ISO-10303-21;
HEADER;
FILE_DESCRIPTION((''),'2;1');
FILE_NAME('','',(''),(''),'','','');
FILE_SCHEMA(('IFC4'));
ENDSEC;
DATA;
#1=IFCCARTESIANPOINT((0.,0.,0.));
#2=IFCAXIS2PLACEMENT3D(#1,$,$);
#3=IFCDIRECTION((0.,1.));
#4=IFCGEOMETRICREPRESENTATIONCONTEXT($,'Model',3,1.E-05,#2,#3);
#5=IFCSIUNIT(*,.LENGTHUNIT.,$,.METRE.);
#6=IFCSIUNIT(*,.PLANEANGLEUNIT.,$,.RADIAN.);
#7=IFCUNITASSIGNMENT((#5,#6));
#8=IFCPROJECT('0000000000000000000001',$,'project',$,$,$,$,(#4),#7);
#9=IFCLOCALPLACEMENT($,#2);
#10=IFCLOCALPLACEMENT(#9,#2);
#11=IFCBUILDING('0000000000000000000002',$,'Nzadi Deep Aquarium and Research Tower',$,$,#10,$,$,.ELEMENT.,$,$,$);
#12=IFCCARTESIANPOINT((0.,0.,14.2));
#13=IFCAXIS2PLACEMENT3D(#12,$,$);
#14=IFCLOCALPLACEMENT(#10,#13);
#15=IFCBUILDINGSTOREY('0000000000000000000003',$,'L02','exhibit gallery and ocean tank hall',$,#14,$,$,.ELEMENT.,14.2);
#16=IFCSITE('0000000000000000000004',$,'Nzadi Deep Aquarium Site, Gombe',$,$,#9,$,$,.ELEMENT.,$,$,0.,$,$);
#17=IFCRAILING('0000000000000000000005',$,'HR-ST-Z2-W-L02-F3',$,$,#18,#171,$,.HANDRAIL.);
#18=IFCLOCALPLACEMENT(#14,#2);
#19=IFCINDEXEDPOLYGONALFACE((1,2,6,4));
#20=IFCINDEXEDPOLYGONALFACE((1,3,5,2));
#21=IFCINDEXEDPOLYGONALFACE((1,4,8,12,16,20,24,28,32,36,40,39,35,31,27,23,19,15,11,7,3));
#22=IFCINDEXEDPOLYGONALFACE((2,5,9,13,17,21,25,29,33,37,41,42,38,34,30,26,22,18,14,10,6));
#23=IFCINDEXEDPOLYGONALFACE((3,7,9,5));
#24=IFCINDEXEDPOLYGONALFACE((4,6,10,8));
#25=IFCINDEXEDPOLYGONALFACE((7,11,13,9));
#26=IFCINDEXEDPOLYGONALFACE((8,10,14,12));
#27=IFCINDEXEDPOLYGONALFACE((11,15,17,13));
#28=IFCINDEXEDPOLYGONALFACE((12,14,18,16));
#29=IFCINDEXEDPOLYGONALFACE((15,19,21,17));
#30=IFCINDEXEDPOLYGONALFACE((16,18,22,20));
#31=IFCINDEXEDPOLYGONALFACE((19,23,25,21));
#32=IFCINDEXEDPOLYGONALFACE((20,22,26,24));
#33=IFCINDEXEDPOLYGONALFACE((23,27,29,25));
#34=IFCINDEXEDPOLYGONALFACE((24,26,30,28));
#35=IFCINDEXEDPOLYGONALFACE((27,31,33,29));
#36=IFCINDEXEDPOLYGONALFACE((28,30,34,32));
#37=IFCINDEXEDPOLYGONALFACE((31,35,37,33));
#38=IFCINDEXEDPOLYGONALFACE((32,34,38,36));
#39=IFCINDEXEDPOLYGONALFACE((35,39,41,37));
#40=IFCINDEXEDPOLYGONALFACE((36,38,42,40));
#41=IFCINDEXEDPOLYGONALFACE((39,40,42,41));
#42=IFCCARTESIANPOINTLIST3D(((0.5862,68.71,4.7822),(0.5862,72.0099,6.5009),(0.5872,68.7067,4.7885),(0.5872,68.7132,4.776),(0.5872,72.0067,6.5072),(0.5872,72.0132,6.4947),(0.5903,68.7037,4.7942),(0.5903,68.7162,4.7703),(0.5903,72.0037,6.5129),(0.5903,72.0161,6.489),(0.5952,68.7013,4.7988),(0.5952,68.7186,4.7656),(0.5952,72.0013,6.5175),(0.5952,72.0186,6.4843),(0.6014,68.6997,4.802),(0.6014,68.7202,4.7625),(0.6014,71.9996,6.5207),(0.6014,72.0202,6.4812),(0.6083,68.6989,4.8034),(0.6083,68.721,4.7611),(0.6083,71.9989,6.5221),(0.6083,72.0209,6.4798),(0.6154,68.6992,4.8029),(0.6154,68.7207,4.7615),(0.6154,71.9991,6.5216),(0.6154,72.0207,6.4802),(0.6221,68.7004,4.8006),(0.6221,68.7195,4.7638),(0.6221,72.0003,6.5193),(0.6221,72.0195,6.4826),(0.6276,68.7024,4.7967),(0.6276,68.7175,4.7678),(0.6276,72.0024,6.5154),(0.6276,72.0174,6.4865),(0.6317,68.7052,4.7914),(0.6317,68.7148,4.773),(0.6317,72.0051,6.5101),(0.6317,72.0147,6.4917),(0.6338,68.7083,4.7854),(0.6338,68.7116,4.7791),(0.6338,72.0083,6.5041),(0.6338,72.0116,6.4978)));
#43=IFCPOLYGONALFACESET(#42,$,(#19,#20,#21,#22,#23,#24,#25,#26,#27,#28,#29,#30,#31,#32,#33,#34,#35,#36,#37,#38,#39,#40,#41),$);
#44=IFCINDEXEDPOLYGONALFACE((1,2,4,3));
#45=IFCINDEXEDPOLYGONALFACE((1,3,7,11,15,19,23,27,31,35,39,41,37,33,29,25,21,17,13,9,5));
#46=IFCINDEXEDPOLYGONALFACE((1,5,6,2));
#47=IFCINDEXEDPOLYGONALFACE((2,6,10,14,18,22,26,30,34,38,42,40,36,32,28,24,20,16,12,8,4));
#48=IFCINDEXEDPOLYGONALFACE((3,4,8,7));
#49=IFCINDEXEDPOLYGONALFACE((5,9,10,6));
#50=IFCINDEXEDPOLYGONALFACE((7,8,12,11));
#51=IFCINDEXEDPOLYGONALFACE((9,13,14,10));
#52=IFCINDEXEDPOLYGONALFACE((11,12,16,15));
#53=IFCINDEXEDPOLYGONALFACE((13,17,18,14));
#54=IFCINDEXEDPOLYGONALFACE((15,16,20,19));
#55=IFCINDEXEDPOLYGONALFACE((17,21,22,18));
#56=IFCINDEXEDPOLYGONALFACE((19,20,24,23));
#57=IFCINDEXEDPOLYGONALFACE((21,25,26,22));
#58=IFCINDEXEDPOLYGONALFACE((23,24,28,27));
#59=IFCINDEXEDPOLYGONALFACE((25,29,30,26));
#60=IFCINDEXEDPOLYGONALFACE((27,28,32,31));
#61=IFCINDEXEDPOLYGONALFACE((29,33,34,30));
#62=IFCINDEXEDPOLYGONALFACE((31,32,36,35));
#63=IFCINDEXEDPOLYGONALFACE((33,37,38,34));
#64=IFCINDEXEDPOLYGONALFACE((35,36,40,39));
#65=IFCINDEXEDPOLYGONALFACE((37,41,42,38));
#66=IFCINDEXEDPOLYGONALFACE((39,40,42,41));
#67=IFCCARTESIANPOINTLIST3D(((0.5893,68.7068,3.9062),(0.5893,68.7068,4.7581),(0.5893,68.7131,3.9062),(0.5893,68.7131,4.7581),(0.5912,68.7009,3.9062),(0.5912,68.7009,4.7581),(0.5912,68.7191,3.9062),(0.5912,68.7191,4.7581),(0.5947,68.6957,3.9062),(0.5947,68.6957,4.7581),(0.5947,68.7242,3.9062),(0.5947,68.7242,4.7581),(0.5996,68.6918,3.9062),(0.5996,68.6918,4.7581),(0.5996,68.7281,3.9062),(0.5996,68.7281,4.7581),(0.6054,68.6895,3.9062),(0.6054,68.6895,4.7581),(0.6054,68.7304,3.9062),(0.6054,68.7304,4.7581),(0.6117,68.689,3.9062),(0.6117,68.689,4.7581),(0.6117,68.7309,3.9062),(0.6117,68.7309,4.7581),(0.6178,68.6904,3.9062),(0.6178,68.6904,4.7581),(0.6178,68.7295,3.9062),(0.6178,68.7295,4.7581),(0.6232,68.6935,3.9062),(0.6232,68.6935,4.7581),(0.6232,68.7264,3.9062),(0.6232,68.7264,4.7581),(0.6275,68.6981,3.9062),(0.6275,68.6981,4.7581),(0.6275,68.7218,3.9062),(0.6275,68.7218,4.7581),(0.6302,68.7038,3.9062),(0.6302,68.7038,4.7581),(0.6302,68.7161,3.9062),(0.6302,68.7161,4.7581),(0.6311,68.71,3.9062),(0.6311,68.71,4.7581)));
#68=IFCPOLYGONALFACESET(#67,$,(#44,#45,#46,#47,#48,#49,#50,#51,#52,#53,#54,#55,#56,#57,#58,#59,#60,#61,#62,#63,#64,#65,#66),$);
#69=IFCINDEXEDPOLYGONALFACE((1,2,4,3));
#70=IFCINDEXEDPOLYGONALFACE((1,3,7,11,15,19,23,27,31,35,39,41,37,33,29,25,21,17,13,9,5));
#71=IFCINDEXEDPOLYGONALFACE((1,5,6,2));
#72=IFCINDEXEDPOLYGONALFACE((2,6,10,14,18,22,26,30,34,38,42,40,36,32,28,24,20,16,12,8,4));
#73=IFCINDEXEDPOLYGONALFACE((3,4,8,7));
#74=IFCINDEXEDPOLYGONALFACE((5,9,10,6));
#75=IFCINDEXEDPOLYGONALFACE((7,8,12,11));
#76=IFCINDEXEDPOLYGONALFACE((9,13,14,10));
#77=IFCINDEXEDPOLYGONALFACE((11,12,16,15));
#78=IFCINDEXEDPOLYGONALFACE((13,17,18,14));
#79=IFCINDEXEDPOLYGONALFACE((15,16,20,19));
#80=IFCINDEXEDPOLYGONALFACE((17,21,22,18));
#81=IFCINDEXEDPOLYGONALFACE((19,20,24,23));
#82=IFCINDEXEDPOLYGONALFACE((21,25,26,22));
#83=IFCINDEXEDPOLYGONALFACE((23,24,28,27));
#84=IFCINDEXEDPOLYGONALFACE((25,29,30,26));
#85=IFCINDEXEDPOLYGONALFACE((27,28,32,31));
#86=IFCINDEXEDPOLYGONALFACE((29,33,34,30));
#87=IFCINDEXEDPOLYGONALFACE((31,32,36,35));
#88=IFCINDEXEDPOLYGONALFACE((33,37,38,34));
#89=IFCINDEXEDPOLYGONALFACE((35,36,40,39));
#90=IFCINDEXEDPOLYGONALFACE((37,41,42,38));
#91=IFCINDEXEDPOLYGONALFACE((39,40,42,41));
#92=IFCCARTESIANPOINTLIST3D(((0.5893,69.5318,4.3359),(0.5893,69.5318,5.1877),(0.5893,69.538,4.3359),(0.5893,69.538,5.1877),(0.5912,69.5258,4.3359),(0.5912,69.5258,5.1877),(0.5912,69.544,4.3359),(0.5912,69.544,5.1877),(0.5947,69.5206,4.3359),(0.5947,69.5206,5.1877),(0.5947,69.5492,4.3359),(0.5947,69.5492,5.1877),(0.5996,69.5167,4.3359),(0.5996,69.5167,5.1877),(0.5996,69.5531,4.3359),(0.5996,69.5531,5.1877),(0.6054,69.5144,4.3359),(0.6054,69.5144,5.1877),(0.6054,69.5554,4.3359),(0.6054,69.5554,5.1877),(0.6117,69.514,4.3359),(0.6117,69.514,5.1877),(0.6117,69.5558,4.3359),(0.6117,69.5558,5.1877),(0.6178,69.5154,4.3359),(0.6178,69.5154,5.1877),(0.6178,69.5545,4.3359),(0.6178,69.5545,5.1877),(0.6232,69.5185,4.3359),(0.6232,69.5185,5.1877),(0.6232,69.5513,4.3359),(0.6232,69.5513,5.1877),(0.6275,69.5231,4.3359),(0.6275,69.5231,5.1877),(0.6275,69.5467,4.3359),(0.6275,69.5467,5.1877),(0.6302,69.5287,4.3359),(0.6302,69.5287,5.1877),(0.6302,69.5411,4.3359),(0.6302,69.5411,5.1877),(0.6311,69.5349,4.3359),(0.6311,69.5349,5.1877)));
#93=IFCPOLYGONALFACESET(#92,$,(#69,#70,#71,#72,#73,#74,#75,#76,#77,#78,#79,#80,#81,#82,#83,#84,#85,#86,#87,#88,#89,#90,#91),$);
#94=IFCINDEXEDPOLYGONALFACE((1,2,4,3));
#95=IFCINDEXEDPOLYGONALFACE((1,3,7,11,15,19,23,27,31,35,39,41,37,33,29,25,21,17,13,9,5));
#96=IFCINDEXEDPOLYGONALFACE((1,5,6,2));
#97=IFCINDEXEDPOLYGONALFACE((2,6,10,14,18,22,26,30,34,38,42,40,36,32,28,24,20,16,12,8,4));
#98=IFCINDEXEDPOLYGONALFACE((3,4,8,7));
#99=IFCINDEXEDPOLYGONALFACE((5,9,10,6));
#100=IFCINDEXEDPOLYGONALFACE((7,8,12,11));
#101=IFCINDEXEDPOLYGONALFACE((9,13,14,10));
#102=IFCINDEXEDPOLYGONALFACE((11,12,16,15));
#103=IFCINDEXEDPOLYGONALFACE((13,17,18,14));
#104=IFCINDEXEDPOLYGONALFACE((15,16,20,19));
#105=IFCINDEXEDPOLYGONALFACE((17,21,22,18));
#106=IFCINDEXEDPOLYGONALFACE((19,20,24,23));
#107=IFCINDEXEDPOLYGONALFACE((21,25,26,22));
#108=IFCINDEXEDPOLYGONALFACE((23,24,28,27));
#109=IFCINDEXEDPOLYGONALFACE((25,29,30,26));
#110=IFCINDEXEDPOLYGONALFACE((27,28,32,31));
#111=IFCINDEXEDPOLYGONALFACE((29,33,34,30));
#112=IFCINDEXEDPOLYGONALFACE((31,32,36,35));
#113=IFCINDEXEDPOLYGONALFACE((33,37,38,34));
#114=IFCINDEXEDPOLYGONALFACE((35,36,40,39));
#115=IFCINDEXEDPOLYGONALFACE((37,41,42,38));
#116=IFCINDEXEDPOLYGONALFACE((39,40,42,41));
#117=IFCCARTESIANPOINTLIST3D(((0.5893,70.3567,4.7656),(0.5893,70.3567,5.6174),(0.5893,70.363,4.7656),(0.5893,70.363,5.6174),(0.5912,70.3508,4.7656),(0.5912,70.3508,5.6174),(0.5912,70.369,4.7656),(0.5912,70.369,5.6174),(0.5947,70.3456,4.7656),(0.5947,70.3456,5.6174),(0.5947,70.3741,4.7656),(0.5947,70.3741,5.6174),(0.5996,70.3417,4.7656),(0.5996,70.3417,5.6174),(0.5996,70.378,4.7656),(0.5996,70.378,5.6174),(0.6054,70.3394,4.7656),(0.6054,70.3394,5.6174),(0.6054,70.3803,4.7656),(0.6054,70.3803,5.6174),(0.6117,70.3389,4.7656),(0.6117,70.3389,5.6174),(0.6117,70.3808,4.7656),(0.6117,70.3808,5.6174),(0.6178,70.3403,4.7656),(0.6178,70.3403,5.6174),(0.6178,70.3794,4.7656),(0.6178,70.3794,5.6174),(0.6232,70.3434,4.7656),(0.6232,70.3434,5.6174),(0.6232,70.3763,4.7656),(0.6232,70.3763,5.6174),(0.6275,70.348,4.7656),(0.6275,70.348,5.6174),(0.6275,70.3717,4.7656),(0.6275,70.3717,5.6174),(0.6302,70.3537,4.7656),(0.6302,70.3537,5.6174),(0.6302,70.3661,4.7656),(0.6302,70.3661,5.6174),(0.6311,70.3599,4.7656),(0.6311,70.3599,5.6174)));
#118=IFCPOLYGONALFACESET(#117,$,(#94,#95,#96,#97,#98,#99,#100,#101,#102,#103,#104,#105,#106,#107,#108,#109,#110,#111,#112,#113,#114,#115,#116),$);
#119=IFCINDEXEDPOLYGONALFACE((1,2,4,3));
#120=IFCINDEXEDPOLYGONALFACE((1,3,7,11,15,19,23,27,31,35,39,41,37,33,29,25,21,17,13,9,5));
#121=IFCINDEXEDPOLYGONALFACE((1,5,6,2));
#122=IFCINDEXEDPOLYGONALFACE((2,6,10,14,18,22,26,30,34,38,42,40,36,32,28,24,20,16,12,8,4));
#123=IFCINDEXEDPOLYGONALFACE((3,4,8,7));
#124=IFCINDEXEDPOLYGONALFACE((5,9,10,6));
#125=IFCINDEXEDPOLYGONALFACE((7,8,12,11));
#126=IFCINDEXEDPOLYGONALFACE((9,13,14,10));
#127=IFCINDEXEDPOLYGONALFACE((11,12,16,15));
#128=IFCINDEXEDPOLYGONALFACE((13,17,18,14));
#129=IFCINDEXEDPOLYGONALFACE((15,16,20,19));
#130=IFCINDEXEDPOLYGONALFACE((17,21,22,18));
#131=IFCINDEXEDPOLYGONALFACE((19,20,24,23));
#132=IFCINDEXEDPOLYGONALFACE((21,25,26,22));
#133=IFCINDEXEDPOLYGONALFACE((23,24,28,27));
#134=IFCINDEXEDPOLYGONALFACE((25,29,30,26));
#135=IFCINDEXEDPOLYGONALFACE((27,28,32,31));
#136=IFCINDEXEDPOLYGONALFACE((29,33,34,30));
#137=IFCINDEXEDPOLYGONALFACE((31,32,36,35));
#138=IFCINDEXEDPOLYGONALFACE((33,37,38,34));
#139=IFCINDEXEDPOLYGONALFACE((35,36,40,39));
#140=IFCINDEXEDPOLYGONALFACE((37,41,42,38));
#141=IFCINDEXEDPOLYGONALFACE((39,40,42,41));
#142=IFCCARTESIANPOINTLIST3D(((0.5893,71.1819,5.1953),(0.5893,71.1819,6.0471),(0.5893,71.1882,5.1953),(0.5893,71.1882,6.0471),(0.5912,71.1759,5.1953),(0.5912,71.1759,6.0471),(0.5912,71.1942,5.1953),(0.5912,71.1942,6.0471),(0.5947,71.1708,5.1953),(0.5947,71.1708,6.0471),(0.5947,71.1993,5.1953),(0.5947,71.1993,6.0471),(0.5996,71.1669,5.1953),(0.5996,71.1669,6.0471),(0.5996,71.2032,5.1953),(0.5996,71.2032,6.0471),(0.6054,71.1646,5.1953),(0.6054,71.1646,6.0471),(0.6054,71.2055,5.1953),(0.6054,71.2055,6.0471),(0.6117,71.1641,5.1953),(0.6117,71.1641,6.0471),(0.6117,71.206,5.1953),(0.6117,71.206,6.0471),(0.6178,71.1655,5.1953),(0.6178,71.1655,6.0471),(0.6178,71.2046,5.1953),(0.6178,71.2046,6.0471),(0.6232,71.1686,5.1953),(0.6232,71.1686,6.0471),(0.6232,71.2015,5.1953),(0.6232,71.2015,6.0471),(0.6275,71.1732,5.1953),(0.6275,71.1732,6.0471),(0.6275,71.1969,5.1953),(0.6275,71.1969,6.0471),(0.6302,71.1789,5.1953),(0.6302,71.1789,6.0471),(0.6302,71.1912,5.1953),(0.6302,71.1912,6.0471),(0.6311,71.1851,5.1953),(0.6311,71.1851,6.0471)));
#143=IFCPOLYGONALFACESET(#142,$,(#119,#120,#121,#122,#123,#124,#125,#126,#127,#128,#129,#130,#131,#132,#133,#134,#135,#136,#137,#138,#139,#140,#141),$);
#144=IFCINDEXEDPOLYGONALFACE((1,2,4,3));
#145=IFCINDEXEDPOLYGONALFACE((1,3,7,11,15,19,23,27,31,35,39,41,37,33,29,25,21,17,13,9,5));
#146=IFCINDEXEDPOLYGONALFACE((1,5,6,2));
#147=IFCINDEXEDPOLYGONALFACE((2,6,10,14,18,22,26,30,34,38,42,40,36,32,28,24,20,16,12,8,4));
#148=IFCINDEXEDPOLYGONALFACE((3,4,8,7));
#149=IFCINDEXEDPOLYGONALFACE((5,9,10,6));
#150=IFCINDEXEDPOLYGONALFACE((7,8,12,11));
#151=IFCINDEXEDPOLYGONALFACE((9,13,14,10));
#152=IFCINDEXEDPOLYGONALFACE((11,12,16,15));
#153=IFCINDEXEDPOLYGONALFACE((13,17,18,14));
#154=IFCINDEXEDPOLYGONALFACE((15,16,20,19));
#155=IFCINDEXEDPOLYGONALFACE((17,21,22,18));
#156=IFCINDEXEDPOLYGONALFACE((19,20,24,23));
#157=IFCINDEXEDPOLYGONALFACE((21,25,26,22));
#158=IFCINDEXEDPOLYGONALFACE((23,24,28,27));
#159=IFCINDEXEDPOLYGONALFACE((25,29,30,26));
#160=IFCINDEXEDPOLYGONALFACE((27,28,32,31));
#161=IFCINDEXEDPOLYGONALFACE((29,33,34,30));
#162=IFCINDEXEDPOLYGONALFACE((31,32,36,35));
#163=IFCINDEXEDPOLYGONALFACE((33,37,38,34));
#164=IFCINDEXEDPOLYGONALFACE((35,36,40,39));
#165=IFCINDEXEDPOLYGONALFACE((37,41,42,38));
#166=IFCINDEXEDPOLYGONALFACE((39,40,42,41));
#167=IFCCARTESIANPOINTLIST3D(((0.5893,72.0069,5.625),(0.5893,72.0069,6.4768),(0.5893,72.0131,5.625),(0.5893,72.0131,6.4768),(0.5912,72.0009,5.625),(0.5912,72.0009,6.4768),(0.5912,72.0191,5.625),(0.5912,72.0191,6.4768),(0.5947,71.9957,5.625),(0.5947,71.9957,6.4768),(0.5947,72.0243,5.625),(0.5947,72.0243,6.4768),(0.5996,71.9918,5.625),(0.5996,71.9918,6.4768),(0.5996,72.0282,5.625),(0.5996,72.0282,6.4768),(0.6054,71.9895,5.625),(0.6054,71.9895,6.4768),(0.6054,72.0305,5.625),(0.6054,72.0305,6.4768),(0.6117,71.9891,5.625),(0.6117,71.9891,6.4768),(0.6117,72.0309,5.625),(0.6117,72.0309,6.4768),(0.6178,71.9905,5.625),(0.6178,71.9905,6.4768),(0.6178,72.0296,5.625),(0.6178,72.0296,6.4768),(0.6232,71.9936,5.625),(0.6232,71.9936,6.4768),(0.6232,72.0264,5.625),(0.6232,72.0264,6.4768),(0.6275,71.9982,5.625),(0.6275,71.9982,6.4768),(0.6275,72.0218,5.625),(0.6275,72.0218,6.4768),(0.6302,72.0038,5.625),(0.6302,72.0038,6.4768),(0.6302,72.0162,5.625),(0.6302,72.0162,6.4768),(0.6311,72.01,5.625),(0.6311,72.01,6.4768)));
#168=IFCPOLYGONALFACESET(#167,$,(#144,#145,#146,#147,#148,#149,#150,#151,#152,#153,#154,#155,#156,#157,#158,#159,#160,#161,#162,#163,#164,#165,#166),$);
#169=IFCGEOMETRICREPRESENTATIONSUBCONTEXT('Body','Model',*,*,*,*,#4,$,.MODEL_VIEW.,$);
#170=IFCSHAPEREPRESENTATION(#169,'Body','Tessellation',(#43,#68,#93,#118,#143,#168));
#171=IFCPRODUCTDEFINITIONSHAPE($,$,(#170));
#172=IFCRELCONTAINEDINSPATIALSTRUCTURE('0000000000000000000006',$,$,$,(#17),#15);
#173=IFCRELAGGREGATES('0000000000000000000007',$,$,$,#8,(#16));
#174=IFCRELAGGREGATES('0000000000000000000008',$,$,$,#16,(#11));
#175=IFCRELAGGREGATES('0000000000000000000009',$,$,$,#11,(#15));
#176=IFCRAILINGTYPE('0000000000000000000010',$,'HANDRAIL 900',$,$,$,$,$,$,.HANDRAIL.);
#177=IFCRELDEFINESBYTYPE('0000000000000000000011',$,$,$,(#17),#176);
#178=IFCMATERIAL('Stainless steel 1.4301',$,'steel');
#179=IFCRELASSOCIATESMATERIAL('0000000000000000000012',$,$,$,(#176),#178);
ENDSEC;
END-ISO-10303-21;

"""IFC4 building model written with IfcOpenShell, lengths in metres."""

from ifc_helpers import new_model, si_unit, direction, frame, origin, origin_2d, place, context, subcontext, project, spatial, circle, extrude, material, type_object, element, save


model = new_model("IFC4")

# Units and contexts
model_context = context("Model", 3, precision=1e-05, world=origin(), true_north=direction((0.0, 1.0)))
body_context = subcontext(model_context, "Body", "Model", "MODEL_VIEW")
ifc_project = project(units=[si_unit("LENGTHUNIT", "METRE"), si_unit("PLANEANGLEUNIT", "RADIAN")], contexts=[model_context])

# Site, building, storey
site_placement = place(None, origin())
site = spatial("IfcSite", under=ifc_project, at=site_placement, Name="Nzadi Deep Aquarium Site, Gombe", CompositionType="ELEMENT", RefElevation=0.0)
building_placement = place(site_placement, origin())
building = spatial("IfcBuilding", under=site, at=building_placement, Name="Nzadi Deep Aquarium and Research Tower", CompositionType="ELEMENT")
storey_placement = place(building_placement, frame((0.0, 0.0, 14.2)))
storey = spatial("IfcBuildingStorey", under=building, at=storey_placement, Name="L02", Description="exhibit gallery and ocean tank hall", CompositionType="ELEMENT", Elevation=14.2)

# Railing
ifc_material_1 = material(Name="Stainless steel 1.4301", Category="steel")
railing_type = type_object("IfcRailingType", Name="HANDRAIL 900", PredefinedType="HANDRAIL", material=ifc_material_1)
for number, where, name in (
    (1, (0.6101, 68.71, 3.9062), "HR-ST-Z2-W-L02-F3"),
):
    element("IfcRailing", number, at=place(storey_placement, frame(where)), inside=storey, type_object=railing_type, Name=name, PredefinedType="HANDRAIL", context=body_context, shape_type="SweptSolid", body=[
        extrude(circle(Radius=0.0239, at=origin_2d()), frame((0.0, 0.0, 0.876), z_axis=(0.0, 0.886917, 0.461929), x_axis=(-1.0, 0.0, 0.0)), (0.0, 0.0, 1.0), 3.7207),
        extrude(circle(Radius=0.021, at=origin_2d()), origin(), (0.0, 0.0, 1.0), 0.8518),
        extrude(circle(Radius=0.021, at=origin_2d()), frame((0.0, 0.825, 0.4297)), (0.0, 0.0, 1.0), 0.8518),
        extrude(circle(Radius=0.021, at=origin_2d()), frame((0.0, 1.6499, 0.8594)), (0.0, 0.0, 1.0), 0.8518),
        extrude(circle(Radius=0.021, at=origin_2d()), frame((0.0, 2.4751, 1.2891)), (0.0, 0.0, 1.0), 0.8518),
        extrude(circle(Radius=0.021, at=origin_2d()), frame((0.0, 3.3, 1.7188)), (0.0, 0.0, 1.0), 0.8518),
    ])

save(model, "model.ifc")
